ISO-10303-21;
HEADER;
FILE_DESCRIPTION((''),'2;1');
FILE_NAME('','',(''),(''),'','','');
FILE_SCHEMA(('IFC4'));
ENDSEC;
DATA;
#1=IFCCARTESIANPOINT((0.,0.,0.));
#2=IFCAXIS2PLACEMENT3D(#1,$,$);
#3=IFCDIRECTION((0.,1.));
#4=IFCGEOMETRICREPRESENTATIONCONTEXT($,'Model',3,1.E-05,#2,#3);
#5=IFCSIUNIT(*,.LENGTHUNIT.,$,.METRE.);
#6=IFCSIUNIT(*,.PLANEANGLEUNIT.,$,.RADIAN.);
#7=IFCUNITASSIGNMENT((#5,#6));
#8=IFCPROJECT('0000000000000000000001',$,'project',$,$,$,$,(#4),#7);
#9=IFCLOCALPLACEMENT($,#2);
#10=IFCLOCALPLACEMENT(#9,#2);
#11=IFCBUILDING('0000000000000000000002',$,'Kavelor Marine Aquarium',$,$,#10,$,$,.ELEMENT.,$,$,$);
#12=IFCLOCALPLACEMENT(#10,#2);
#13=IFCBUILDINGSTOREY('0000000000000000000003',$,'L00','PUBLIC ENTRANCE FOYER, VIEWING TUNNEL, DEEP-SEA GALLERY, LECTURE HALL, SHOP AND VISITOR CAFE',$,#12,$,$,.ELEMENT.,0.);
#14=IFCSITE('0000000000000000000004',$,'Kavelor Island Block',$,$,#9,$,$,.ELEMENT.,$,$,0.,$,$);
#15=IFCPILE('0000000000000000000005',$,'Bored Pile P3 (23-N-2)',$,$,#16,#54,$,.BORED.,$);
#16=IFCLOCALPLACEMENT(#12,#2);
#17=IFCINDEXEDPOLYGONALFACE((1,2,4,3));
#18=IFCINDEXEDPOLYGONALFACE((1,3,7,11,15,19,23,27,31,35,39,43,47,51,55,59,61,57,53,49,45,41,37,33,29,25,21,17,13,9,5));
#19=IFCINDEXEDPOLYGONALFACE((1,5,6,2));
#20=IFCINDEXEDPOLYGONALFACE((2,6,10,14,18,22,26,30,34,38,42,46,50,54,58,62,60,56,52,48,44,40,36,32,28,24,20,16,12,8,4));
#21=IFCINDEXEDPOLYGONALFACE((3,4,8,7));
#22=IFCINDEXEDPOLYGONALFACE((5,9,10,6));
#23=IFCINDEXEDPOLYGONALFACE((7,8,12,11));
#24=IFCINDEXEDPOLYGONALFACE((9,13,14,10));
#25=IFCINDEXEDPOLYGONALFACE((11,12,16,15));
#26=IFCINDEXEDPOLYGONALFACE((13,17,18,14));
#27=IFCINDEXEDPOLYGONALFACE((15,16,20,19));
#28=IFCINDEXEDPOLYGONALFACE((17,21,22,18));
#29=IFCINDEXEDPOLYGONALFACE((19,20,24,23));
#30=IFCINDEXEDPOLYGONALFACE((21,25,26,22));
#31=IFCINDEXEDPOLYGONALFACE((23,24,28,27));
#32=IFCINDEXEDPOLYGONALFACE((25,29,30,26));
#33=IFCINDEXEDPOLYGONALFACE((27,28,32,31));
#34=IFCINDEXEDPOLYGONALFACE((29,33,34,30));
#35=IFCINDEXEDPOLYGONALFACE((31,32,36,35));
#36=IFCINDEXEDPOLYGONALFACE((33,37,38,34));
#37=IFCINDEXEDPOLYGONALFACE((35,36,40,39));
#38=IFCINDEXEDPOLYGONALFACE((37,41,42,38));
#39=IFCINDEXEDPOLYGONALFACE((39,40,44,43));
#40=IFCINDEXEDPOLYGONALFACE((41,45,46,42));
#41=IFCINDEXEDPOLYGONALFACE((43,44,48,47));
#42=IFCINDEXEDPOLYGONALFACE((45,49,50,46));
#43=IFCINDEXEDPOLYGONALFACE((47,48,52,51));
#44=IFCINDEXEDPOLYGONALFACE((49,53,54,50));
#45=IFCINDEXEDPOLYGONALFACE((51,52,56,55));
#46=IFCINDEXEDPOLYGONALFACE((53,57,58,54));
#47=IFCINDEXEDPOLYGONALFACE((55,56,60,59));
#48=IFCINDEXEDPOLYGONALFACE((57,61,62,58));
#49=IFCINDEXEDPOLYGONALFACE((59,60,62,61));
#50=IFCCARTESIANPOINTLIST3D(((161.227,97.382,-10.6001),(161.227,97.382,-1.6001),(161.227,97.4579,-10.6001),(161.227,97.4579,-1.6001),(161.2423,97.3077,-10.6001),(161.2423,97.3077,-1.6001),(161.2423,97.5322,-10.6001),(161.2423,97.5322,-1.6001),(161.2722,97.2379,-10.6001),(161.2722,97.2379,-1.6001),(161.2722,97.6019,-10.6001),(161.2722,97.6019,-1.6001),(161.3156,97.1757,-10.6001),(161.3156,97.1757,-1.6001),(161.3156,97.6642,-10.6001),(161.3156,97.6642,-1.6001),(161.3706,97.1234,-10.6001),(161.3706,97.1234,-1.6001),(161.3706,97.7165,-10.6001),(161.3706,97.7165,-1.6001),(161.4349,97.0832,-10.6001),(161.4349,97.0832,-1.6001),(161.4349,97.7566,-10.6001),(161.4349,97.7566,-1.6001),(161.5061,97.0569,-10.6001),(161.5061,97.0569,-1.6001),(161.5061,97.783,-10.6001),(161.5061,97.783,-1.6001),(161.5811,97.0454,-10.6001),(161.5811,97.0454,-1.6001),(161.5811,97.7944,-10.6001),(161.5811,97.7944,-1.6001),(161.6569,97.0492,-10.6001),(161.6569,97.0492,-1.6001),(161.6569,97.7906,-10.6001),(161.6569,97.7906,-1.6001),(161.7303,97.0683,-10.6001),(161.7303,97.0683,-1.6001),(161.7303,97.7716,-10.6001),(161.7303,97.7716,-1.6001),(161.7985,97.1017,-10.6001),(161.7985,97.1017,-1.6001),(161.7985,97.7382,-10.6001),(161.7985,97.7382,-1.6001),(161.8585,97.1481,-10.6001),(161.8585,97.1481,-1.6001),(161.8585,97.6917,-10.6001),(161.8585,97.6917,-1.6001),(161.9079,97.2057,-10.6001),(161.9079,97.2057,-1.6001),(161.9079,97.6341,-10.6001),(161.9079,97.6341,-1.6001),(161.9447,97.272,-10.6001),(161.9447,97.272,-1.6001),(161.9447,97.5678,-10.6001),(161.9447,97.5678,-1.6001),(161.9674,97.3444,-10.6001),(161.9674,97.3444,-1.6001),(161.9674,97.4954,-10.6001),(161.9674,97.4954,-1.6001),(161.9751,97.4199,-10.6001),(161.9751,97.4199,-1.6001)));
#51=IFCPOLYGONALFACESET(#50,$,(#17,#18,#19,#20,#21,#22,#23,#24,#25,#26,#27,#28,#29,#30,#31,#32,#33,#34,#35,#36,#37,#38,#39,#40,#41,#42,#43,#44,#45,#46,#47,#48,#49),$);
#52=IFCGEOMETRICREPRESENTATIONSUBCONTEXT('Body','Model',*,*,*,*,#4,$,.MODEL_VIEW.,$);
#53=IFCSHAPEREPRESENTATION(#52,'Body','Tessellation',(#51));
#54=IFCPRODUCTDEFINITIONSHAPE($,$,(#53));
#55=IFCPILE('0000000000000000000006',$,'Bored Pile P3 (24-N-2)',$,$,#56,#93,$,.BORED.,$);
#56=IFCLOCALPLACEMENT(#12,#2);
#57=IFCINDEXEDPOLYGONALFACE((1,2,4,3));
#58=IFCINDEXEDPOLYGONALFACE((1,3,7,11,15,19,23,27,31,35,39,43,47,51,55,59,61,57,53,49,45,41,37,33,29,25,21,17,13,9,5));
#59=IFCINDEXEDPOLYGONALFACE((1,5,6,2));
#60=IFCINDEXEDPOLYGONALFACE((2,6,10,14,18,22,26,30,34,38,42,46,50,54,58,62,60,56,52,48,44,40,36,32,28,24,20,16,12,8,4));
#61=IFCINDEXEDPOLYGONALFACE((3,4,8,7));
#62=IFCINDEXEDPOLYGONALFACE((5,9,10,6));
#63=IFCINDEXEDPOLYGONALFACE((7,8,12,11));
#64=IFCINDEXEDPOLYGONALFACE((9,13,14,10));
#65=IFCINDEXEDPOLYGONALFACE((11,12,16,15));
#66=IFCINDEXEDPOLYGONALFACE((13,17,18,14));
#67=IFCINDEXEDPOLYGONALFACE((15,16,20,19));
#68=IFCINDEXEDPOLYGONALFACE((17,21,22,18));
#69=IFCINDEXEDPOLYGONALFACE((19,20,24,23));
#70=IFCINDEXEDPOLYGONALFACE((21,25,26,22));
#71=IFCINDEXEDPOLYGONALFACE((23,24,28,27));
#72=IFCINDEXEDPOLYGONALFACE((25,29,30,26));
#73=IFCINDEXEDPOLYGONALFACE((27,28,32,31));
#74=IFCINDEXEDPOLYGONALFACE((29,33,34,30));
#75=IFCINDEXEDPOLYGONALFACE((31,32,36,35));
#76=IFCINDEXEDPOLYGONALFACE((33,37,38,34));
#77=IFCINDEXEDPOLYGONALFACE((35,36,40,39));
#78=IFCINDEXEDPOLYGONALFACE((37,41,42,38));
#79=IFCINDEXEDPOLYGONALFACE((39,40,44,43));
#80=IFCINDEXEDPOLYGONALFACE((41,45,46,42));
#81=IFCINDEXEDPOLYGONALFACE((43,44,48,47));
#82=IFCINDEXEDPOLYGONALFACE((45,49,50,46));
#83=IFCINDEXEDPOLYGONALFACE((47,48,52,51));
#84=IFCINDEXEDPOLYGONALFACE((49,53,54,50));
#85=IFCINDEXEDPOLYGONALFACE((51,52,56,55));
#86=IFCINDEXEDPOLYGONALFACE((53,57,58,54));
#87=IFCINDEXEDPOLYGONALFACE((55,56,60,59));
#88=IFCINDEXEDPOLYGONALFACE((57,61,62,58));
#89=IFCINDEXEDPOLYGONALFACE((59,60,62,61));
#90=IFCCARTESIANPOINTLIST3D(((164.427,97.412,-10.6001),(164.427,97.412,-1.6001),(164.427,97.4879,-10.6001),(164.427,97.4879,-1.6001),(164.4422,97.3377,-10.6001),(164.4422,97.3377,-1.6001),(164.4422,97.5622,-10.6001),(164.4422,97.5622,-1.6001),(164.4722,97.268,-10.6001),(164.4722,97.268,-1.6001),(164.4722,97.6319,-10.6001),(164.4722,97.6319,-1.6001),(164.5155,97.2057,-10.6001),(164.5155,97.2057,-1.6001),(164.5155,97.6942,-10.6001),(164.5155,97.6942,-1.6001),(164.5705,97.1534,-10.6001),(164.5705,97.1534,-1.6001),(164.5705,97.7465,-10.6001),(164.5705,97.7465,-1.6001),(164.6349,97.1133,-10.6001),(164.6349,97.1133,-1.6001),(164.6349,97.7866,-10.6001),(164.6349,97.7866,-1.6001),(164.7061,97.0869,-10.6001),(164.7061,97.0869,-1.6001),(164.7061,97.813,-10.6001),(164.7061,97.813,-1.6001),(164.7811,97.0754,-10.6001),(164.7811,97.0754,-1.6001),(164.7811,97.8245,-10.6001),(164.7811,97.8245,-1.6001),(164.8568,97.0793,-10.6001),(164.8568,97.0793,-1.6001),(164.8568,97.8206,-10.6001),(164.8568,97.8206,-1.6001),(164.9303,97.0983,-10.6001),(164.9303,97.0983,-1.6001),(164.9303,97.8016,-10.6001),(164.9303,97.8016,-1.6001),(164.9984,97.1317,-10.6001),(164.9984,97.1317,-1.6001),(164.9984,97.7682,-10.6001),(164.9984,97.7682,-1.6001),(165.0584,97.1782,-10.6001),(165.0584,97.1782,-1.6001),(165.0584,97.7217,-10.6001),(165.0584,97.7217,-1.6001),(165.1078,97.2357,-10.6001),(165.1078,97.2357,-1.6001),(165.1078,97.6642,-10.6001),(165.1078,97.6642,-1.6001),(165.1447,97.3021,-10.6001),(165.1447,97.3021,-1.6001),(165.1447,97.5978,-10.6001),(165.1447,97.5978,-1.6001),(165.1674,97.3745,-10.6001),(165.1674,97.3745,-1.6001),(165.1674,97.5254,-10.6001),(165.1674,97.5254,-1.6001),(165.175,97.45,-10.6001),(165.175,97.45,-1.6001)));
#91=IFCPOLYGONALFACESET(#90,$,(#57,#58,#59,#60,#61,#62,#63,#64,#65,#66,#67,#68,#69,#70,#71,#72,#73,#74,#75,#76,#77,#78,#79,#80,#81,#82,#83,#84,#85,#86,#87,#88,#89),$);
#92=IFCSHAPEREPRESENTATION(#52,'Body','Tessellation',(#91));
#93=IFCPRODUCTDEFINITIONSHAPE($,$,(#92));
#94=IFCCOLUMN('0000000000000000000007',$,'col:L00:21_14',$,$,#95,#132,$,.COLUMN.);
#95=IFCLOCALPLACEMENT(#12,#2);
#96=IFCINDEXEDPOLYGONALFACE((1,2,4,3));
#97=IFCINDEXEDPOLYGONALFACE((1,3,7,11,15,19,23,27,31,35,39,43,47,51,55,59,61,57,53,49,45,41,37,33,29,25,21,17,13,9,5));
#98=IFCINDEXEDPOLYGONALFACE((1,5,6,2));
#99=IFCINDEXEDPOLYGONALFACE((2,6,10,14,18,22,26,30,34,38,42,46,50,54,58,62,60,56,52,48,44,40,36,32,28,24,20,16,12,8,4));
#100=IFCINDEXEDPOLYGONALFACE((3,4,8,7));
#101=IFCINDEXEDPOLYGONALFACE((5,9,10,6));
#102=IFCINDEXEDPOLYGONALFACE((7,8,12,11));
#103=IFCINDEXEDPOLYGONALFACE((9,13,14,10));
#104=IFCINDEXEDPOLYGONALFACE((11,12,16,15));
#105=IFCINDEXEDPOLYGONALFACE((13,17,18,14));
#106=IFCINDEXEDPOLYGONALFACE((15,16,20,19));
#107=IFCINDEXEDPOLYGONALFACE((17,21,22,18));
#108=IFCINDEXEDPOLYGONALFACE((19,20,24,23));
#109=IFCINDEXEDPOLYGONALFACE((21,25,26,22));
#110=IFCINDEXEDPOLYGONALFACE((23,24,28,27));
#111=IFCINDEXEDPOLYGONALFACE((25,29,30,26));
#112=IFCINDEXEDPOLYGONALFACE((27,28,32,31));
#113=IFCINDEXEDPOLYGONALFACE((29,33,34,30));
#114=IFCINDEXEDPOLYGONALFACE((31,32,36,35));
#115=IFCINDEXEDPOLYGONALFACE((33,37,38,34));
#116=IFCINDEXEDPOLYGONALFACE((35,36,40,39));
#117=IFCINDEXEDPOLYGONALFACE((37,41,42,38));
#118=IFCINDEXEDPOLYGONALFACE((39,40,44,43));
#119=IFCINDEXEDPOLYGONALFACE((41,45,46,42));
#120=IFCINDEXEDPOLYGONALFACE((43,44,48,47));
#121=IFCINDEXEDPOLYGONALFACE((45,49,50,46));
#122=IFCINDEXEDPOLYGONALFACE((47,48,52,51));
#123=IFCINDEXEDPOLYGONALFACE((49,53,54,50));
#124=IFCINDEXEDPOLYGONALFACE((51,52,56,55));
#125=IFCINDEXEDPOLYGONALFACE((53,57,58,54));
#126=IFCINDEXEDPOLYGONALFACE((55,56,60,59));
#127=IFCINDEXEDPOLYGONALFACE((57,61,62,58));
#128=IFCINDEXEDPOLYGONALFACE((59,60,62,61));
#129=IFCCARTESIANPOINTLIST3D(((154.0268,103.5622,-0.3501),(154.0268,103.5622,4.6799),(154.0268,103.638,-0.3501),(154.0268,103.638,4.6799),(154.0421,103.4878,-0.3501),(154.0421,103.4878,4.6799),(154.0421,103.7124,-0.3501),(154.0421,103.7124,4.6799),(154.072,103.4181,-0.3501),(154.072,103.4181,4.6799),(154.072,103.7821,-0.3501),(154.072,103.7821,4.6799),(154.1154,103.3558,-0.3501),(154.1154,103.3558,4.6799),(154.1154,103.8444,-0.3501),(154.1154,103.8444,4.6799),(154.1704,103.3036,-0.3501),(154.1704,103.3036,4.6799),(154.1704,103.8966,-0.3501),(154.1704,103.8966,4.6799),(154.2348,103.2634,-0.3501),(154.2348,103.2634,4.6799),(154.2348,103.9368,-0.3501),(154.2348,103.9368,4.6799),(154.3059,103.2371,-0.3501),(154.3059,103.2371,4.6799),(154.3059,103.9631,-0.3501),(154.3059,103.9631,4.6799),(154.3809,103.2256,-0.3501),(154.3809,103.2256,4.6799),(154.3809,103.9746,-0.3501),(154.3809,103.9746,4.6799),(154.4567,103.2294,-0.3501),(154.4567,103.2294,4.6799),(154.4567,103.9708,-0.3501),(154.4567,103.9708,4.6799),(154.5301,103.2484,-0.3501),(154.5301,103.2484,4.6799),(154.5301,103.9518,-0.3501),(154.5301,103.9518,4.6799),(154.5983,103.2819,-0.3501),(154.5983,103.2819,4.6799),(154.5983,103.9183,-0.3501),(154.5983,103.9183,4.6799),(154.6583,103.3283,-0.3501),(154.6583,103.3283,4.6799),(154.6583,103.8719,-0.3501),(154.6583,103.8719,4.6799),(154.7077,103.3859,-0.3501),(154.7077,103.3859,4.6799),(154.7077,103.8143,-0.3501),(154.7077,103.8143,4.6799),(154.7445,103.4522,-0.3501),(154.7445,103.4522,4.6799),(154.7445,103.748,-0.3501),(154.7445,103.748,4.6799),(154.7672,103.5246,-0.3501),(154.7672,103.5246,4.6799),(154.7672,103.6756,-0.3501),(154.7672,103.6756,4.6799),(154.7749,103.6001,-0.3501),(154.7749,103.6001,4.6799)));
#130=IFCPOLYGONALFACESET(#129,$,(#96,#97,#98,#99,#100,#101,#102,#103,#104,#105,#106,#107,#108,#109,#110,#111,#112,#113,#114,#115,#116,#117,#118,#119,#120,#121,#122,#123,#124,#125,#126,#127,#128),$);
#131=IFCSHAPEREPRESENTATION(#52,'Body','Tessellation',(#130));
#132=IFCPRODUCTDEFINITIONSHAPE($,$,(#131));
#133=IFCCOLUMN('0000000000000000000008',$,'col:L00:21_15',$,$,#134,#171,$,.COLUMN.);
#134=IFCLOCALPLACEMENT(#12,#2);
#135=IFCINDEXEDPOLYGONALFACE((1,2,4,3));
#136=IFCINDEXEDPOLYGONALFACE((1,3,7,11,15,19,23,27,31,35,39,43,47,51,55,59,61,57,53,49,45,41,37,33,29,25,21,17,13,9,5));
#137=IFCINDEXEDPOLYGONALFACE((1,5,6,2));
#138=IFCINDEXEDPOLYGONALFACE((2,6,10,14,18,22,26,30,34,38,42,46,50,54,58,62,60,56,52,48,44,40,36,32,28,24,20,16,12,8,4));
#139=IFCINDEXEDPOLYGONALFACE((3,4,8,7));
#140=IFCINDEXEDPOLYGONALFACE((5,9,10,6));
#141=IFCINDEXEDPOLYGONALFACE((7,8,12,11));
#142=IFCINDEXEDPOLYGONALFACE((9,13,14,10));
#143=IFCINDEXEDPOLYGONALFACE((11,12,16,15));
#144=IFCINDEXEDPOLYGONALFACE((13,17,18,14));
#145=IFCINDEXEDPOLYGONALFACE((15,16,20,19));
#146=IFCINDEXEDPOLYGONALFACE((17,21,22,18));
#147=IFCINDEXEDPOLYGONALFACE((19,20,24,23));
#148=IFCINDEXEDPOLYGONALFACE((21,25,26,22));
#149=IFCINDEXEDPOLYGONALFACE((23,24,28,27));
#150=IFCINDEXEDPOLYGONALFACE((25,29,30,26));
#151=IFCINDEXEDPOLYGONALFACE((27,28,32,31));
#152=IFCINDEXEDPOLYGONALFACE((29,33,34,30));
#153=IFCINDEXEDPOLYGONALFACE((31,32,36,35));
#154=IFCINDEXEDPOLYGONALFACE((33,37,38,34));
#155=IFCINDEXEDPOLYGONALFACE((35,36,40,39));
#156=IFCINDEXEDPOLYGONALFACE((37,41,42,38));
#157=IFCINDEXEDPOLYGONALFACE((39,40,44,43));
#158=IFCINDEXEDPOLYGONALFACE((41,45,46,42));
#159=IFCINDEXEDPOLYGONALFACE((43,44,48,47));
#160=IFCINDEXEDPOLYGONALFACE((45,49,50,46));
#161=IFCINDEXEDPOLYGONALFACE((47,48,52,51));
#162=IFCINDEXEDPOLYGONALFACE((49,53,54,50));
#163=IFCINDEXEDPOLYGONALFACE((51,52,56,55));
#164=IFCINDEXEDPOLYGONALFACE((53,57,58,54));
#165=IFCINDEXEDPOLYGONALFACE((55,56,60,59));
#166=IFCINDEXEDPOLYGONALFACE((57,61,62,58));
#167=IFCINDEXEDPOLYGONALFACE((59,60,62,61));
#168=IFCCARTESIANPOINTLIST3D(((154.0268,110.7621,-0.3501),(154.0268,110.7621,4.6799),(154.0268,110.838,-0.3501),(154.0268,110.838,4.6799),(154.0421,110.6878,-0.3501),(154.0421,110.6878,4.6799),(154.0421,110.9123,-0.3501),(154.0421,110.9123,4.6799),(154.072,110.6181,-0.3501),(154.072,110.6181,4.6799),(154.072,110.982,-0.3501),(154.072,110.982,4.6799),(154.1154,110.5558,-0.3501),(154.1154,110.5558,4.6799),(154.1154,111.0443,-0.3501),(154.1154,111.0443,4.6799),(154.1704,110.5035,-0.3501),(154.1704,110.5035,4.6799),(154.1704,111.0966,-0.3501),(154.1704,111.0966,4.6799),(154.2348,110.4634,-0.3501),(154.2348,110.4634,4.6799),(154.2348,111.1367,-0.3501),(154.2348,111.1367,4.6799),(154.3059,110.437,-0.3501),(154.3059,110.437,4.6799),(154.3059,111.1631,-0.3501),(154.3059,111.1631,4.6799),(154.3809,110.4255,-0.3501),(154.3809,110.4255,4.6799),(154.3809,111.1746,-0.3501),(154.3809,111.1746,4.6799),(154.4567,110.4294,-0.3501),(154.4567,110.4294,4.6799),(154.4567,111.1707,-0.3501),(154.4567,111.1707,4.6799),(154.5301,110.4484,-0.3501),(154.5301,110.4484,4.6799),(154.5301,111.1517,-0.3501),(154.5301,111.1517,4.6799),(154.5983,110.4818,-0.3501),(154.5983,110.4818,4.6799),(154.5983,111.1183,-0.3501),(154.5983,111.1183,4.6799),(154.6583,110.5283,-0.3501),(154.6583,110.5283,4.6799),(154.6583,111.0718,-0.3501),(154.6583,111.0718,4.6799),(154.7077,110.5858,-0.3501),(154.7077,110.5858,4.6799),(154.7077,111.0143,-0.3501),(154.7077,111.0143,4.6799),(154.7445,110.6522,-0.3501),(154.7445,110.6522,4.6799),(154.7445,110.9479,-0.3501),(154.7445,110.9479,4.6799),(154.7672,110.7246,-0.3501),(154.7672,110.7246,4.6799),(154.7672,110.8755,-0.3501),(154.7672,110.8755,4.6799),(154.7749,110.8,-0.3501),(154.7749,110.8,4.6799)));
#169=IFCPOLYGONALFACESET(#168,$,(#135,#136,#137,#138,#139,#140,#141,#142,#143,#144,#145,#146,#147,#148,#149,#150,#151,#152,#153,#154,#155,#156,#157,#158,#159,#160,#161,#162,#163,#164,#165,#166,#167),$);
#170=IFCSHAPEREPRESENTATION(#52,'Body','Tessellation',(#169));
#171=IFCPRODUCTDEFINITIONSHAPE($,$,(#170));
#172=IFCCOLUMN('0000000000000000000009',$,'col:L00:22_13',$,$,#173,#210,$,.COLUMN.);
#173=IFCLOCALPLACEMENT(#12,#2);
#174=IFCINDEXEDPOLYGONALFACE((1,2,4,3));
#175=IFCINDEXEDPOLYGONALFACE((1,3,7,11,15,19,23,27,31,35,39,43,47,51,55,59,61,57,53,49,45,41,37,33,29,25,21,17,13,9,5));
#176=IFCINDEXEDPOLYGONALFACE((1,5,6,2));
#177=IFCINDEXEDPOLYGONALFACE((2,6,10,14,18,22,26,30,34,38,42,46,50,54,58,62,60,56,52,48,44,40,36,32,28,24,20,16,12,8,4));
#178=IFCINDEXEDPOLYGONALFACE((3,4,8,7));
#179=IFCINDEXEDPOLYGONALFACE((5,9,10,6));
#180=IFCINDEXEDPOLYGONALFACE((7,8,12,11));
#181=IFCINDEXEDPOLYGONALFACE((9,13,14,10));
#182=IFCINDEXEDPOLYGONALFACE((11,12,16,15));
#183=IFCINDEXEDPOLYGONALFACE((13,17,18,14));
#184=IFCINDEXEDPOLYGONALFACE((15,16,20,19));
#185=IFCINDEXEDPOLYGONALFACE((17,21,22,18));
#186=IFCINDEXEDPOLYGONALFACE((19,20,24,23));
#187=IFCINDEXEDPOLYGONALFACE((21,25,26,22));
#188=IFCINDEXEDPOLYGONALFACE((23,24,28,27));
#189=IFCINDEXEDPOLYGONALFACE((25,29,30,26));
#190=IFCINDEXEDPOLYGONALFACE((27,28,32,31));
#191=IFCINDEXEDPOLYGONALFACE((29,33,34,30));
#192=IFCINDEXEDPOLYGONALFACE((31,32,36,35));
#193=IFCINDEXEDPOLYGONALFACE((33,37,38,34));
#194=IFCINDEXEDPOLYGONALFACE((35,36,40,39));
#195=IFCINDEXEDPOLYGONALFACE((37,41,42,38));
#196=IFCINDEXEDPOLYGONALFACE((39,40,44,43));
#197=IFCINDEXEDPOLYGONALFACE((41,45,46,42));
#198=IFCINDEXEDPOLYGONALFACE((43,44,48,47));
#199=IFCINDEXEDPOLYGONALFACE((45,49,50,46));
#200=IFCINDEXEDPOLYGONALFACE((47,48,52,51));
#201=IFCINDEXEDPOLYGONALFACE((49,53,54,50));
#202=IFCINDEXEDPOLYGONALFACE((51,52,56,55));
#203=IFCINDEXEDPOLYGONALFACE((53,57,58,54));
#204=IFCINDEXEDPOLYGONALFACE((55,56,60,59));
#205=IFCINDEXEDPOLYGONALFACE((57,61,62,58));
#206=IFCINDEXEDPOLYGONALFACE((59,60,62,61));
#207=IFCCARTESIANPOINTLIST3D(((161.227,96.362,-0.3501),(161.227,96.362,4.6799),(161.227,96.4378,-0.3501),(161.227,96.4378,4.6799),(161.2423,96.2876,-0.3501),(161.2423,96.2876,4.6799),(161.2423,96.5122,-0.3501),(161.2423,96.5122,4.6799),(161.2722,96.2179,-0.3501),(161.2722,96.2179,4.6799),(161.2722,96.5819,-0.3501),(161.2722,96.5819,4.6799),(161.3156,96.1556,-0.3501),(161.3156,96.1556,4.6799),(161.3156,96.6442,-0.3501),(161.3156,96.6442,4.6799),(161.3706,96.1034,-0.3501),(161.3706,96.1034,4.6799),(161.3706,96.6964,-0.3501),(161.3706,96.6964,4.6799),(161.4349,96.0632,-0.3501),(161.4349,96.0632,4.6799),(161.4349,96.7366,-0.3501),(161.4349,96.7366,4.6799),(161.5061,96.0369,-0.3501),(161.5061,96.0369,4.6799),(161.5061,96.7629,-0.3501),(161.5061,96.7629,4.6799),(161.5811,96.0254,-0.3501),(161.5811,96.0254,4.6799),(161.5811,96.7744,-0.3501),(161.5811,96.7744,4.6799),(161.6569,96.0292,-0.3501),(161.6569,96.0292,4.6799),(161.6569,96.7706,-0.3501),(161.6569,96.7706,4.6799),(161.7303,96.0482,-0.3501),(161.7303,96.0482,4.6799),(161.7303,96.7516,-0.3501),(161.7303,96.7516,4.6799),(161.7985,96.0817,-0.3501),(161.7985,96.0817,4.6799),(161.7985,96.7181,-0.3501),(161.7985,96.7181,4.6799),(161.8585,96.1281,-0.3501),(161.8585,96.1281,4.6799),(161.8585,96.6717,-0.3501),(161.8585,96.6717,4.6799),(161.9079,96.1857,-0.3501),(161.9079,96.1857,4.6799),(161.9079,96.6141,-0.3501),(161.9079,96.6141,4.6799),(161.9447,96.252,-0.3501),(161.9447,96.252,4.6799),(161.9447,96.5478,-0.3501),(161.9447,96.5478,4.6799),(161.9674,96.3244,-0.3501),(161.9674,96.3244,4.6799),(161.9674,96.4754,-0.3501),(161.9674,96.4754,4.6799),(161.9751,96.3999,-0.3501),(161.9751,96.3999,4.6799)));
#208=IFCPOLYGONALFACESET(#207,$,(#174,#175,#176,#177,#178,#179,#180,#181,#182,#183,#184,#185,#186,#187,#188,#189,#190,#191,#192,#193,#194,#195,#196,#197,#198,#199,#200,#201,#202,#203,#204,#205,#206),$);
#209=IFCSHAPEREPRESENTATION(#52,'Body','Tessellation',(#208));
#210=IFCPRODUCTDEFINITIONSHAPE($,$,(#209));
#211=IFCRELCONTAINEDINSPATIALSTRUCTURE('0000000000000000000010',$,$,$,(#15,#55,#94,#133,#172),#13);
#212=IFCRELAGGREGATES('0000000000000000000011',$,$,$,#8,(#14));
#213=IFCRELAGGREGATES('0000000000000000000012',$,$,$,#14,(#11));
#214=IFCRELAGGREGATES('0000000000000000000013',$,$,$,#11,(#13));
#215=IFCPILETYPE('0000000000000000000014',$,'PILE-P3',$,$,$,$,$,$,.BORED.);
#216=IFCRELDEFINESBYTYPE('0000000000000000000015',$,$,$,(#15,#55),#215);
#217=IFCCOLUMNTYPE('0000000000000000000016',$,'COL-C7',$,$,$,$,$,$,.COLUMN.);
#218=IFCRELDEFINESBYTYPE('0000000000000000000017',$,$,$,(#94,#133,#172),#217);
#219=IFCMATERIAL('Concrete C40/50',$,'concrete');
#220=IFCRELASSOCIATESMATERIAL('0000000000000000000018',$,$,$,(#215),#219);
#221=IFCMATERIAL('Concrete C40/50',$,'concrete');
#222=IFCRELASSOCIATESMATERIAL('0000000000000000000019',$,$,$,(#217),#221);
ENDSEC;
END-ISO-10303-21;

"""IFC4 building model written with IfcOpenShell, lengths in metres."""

from ifc_helpers import new_model, si_unit, direction, frame, origin, origin_2d, place, context, subcontext, project, spatial, circle, extrude, material, material_profile, profile_set, type_object, element, save


model = new_model("IFC4")

# Units and contexts
model_context = context("Model", 3, precision=1e-05, world=origin(), true_north=direction((0.0, 1.0)))
body_context = subcontext(model_context, "Body", "Model", "MODEL_VIEW")
ifc_project = project(units=[si_unit("LENGTHUNIT", "METRE"), si_unit("PLANEANGLEUNIT", "RADIAN")], contexts=[model_context])

# Site, building, storey
site_placement = place(None, origin())
site = spatial("IfcSite", under=ifc_project, at=site_placement, Name="Kavelor Island Block", CompositionType="ELEMENT", RefElevation=0.0)
building_placement = place(site_placement, origin())
building = spatial("IfcBuilding", under=site, at=building_placement, Name="Kavelor Marine Aquarium", CompositionType="ELEMENT")
storey_placement = place(building_placement, origin())
storey = spatial("IfcBuildingStorey", under=building, at=storey_placement, Name="L00", Description="PUBLIC ENTRANCE FOYER, VIEWING TUNNEL, DEEP-SEA GALLERY, LECTURE HALL, SHOP AND VISITOR CAFE", CompositionType="ELEMENT", Elevation=0.0)

# Piles
ifc_material_1 = material(Name="Concrete C40/50", Category="concrete")
ifc_material_profile_1 = material_profile(ifc_material_1, circle(Radius=0.375, at=origin_2d()), Name="PILE D750")
ifc_profile_set_1 = profile_set([ifc_material_profile_1], Name="Concrete C40/50")
pile_type = type_object("IfcPileType", Name="PILE-P3", PredefinedType="BORED", material=ifc_profile_set_1)
for number, where, z_axis, x_axis, name in (
    (1, (161.6001, 97.4199, -1.6001), (0.0, 0.0, -1.0), (1.0, 0.0, 0.0), "Bored Pile P3 (23-N-2)"),
    (2, (164.8, 97.45, -1.6001), (0.0, 0.0, -1.0), (1.0, 0.0, 0.0), "Bored Pile P3 (24-N-2)"),
):
    element("IfcPile", number, at=place(storey_placement, frame(where, z_axis=z_axis, x_axis=x_axis)), inside=storey, type_object=pile_type, Name=name, PredefinedType="BORED", context=body_context, shape_type="SweptSolid", body=[
        extrude(circle(Radius=0.375, at=origin_2d()), origin(), (0.0, 0.0, 1.0), 9.0),
    ])

# Columns
ifc_material_2 = material(Name="Concrete C40/50", Category="concrete")
ifc_material_profile_2 = material_profile(ifc_material_2, circle(Radius=0.375, at=origin_2d()), Name="RC-COL D750")
ifc_profile_set_2 = profile_set([ifc_material_profile_2], Name="Concrete C40/50")
column_type = type_object("IfcColumnType", Name="COL-C7", PredefinedType="COLUMN", material=ifc_profile_set_2)
for number, where, z_axis, x_axis, name in (
    (3, (154.3999, 103.6001, -0.3501), (0.0, 0.0, 1.0), (1.0, 0.0, 0.0), "col:L00:21_14"),
    (4, (154.3999, 110.8, -0.3501), (0.0, 0.0, 1.0), (1.0, 0.0, 0.0), "col:L00:21_15"),
    (5, (161.6001, 96.3999, -0.3501), (0.0, 0.0, 1.0), (1.0, 0.0, 0.0), "col:L00:22_13"),
):
    element("IfcColumn", number, at=place(storey_placement, frame(where, z_axis=z_axis, x_axis=x_axis)), inside=storey, type_object=column_type, Name=name, PredefinedType="COLUMN", context=body_context, shape_type="SweptSolid", body=[
        extrude(circle(Radius=0.375, at=origin_2d()), origin(), (0.0, 0.0, 1.0), 5.03),
    ])

save(model, "model.ifc")
